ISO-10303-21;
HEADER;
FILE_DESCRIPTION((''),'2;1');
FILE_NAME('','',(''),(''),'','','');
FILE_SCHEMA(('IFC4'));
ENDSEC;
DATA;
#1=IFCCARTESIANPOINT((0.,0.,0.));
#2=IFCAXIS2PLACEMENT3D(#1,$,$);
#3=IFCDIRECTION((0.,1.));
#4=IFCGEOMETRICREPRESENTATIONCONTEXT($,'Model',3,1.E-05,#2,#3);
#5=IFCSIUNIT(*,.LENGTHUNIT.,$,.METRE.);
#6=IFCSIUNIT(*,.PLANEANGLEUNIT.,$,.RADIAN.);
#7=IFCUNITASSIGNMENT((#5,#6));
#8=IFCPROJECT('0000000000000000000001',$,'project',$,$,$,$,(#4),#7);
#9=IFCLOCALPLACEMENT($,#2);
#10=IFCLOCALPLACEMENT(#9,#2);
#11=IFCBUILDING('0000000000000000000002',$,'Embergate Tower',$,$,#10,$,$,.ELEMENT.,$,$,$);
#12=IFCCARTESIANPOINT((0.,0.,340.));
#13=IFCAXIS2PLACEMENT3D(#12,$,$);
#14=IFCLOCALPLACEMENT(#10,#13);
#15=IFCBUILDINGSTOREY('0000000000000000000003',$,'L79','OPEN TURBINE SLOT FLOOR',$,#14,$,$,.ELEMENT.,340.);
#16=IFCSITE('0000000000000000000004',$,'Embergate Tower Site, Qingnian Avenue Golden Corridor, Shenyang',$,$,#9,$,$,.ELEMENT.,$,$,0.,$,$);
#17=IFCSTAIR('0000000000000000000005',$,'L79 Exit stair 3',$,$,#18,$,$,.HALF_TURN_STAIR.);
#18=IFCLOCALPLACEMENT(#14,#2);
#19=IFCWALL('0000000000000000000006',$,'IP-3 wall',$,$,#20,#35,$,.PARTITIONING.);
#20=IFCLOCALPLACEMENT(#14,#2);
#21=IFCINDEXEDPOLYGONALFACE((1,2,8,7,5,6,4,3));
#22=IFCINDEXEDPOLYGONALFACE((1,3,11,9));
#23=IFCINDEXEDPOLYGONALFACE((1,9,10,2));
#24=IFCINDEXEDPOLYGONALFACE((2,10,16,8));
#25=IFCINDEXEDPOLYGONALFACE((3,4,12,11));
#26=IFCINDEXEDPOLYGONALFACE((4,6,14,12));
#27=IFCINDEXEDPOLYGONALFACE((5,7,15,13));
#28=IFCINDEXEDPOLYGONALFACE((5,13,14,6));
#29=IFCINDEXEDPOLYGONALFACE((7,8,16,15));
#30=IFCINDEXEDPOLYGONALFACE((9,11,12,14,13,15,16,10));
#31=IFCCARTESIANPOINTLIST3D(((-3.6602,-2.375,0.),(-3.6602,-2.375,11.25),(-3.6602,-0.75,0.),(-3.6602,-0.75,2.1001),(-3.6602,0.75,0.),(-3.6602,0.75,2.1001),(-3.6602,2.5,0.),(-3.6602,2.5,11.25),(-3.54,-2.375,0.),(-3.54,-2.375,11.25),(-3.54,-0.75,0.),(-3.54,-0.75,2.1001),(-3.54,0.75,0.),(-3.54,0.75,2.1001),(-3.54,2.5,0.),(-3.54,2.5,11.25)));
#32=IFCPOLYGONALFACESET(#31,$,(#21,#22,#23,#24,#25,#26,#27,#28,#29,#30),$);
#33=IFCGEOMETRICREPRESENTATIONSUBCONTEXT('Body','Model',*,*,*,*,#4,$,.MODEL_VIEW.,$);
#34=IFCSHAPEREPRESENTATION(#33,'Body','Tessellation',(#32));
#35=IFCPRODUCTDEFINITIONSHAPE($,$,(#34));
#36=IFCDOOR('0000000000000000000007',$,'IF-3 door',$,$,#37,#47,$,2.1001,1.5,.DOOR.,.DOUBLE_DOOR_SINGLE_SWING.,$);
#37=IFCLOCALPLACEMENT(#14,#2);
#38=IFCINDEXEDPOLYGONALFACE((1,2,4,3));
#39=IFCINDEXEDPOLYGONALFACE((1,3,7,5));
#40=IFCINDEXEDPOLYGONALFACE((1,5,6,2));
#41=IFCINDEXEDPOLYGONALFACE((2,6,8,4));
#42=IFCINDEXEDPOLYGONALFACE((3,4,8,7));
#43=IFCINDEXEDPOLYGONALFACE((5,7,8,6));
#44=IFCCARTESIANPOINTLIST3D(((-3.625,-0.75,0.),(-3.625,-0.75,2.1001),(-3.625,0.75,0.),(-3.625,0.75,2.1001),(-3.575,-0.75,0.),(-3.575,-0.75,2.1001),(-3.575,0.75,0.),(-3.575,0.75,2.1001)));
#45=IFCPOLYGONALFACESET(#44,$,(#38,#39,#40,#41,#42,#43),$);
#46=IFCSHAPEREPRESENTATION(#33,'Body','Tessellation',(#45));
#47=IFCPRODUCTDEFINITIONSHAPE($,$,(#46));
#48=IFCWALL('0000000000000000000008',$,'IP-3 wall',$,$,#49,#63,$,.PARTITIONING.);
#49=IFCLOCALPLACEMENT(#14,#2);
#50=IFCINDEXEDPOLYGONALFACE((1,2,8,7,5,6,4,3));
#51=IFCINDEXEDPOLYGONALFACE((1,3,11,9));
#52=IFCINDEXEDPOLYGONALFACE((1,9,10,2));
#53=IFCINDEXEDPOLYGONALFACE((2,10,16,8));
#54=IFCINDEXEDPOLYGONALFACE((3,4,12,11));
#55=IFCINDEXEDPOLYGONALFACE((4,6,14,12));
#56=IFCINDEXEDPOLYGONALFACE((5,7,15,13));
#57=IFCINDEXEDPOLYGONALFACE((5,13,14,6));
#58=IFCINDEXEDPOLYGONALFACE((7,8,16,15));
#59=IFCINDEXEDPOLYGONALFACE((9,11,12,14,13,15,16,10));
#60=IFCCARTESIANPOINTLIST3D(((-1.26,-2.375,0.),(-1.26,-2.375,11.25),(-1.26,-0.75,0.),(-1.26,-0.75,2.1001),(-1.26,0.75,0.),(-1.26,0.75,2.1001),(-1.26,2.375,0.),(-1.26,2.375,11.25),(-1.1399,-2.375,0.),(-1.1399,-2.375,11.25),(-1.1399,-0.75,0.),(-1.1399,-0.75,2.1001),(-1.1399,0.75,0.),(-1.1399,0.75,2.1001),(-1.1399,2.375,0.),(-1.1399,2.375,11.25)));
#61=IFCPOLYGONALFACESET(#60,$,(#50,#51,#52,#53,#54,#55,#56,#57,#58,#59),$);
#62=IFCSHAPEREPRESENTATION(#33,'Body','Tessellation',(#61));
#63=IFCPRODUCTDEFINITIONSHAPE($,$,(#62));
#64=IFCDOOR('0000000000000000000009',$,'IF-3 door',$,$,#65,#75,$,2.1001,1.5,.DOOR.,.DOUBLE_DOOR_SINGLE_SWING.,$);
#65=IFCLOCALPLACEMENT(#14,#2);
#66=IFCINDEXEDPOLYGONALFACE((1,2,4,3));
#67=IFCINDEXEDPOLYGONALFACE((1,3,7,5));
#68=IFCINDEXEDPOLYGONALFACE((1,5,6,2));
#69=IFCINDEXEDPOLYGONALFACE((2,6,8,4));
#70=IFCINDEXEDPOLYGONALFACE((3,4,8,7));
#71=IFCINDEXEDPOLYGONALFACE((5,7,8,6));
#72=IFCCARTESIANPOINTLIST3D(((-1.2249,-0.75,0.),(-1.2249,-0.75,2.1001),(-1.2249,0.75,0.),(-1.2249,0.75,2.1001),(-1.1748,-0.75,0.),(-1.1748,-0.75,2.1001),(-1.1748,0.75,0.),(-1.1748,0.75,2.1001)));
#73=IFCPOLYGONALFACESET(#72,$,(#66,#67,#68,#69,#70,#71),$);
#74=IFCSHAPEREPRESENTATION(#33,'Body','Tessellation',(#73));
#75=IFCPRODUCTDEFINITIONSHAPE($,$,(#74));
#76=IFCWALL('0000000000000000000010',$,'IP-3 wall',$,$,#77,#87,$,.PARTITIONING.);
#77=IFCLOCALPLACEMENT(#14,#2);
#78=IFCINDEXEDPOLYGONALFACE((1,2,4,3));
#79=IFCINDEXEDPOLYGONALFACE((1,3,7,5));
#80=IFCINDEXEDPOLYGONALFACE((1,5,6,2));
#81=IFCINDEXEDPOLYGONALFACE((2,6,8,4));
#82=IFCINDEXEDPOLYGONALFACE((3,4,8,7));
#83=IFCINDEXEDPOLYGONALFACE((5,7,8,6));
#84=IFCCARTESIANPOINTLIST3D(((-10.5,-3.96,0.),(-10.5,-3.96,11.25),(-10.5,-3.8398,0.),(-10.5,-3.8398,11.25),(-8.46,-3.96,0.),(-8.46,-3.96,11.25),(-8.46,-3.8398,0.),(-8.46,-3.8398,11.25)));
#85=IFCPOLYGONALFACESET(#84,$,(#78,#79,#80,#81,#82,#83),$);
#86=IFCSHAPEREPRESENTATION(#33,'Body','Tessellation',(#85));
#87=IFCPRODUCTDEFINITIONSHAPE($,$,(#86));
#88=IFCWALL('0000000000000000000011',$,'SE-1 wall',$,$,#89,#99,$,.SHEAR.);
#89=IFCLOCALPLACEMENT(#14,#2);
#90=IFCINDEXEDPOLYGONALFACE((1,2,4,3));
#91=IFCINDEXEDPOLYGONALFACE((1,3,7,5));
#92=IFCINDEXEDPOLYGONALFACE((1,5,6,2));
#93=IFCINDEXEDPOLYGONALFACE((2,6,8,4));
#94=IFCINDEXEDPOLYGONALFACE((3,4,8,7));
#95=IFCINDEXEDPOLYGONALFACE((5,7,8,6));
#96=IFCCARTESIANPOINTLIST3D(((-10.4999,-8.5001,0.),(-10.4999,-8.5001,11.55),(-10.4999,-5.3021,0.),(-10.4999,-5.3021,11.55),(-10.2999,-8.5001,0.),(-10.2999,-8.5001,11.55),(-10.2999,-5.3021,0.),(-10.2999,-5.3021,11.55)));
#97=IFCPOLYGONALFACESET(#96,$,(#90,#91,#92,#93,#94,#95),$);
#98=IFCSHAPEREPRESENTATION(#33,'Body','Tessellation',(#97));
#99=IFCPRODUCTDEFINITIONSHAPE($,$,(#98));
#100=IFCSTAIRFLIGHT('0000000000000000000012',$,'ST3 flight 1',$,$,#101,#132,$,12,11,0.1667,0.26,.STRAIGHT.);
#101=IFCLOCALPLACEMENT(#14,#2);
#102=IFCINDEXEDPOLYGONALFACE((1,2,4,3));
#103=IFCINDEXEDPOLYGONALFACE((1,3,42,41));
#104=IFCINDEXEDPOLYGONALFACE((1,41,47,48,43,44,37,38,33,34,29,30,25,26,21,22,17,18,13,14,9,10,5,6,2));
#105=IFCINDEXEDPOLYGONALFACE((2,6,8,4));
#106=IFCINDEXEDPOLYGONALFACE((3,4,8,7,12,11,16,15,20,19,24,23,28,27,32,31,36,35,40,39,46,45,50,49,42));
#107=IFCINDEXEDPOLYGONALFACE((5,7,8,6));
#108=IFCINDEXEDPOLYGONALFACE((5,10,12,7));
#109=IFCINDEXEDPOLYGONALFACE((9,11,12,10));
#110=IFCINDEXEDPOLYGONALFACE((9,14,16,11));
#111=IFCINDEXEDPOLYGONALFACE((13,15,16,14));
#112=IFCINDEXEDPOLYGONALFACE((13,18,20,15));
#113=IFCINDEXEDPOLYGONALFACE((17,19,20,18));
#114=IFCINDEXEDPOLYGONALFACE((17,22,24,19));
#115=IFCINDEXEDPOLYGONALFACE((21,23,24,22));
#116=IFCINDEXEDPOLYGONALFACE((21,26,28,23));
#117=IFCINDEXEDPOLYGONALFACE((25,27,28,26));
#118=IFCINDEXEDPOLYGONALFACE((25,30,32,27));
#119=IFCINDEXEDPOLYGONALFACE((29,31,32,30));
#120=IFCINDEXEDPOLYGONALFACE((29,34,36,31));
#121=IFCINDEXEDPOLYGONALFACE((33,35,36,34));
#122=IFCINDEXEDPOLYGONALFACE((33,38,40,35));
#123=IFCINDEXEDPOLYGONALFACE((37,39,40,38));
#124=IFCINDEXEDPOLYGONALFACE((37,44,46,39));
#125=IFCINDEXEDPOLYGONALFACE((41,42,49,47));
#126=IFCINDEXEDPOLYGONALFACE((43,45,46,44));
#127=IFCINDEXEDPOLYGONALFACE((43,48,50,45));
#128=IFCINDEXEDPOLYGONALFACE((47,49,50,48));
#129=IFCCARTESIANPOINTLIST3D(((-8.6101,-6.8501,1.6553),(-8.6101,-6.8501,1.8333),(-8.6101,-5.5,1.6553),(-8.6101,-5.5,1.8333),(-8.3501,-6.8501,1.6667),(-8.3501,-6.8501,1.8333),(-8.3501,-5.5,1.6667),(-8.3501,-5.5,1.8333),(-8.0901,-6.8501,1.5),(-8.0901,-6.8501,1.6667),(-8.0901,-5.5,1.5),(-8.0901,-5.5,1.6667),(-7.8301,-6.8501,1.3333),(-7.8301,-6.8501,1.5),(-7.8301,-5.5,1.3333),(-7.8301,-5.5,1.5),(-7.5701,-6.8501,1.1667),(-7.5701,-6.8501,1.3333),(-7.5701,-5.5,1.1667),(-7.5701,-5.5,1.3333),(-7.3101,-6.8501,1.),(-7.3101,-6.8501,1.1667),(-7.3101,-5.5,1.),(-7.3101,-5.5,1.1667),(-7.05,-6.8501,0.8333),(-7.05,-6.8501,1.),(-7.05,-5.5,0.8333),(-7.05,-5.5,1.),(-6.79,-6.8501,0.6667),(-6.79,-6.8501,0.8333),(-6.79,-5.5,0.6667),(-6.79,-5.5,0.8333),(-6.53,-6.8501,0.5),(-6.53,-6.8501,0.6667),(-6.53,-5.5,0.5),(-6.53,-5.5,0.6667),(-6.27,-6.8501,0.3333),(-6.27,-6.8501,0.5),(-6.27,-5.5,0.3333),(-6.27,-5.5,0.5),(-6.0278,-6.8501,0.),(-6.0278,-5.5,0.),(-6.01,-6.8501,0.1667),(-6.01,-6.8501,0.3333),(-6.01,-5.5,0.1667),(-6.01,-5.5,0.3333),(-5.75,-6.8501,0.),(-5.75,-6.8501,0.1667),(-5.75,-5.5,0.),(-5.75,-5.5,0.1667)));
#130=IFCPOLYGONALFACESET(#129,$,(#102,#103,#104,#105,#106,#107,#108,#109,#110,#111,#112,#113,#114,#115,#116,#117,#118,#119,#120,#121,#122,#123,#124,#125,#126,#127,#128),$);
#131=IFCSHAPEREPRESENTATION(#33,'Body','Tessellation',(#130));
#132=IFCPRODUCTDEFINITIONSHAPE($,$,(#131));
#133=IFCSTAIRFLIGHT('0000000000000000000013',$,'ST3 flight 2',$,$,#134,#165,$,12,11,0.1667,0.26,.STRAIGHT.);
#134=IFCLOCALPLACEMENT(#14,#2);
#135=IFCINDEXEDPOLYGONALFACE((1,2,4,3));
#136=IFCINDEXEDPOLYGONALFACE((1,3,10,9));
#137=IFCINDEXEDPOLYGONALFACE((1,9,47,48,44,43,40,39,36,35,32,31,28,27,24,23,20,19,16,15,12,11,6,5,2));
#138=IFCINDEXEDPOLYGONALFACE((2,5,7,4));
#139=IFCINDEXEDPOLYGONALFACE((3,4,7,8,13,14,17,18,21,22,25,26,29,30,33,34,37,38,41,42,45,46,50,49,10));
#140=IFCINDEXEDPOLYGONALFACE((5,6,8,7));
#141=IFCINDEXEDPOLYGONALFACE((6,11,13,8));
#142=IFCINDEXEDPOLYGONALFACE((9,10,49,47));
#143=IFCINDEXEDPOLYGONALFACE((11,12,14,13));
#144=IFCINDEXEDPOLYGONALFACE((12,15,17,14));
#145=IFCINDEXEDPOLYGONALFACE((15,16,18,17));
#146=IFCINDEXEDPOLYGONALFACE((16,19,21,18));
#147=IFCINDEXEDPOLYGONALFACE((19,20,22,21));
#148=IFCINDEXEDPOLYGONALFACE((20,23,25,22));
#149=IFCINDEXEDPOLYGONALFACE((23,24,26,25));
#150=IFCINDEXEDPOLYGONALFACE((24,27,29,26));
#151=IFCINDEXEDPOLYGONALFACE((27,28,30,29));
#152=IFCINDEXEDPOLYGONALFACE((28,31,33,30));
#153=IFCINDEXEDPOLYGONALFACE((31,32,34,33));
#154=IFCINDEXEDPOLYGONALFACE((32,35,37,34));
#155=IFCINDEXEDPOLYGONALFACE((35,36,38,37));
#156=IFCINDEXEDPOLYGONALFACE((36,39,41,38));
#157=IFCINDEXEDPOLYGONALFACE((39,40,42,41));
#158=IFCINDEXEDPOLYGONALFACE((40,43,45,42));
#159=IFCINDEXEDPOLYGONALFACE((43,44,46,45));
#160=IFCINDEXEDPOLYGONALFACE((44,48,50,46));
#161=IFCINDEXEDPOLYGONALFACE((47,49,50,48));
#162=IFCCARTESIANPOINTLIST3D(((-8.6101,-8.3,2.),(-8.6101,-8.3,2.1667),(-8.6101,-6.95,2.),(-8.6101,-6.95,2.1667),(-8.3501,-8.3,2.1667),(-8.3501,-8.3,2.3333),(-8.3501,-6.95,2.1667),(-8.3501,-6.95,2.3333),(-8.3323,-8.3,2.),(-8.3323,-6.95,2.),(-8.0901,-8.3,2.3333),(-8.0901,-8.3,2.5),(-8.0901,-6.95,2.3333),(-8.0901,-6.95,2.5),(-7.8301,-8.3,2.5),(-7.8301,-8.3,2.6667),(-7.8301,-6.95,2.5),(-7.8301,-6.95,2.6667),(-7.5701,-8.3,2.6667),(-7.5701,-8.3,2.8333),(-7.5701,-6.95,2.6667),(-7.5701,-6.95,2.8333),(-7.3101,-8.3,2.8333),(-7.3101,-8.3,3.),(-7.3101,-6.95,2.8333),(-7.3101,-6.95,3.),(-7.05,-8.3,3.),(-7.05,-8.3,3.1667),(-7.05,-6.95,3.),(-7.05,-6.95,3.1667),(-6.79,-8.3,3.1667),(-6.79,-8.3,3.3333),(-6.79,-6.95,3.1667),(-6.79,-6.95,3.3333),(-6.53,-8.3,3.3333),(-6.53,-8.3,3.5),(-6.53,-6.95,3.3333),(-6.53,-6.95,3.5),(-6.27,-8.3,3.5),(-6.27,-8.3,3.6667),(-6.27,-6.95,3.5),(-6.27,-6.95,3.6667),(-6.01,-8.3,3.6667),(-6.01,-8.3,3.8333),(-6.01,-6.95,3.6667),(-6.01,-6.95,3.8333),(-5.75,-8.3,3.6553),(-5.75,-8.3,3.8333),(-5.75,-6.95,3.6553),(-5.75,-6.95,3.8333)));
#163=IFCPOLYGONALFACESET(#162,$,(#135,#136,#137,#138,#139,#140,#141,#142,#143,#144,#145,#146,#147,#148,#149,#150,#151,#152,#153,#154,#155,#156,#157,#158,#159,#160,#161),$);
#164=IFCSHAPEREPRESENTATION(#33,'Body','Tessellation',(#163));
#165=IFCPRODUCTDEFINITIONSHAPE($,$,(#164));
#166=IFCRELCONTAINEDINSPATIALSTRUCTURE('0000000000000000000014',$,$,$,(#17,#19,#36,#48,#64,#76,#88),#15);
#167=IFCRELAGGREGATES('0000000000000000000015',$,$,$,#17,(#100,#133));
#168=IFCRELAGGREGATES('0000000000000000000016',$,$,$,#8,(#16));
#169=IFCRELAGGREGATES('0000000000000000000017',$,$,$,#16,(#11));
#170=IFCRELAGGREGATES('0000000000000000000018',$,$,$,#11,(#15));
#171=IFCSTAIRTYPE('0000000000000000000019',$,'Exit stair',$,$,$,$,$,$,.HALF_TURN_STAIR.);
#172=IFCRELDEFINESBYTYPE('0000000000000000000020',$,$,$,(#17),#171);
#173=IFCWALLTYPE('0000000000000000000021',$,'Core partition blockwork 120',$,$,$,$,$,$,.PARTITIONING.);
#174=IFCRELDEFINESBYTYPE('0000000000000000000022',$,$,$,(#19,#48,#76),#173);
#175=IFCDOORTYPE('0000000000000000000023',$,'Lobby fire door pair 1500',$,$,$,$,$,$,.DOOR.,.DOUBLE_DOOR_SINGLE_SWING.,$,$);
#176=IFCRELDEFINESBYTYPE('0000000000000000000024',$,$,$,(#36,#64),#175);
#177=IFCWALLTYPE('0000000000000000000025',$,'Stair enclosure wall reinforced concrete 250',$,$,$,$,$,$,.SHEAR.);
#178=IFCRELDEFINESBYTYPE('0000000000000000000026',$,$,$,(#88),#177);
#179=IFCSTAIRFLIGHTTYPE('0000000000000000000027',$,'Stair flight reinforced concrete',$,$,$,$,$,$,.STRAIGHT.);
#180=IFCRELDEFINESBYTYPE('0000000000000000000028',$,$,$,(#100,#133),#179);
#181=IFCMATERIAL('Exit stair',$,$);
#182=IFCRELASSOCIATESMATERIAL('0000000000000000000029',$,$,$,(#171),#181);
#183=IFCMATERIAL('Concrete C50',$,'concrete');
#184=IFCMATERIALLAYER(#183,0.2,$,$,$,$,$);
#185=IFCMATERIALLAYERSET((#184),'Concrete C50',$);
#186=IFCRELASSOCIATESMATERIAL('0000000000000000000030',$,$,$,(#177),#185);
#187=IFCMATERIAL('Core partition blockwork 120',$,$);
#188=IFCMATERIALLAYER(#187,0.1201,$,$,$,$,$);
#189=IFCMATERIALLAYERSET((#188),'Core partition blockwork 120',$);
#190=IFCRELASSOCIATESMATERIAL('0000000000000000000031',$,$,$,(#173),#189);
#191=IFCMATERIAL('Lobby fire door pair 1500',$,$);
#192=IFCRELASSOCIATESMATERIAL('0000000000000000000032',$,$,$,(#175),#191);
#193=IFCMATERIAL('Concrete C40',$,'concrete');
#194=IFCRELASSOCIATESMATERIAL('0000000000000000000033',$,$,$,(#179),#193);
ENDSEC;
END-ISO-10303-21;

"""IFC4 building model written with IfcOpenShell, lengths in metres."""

from ifc_helpers import new_model, si_unit, direction, frame, frame_2d, origin, place, context, subcontext, project, spatial, polyline, rectangle, outline, extrude, source, transform, mapped, material, layer, layer_set, type_object, element, fill, aggregate, save


model = new_model("IFC4")

# Units and contexts
model_context = context("Model", 3, precision=1e-05, world=origin(), true_north=direction((0.0, 1.0)))
body_context = subcontext(model_context, "Body", "Model", "MODEL_VIEW")
ifc_project = project(units=[si_unit("LENGTHUNIT", "METRE"), si_unit("PLANEANGLEUNIT", "RADIAN")], contexts=[model_context])

# Site, building, storey
site_placement = place(None, origin())
site = spatial("IfcSite", under=ifc_project, at=site_placement, Name="Embergate Tower Site, Qingnian Avenue Golden Corridor, Shenyang", CompositionType="ELEMENT", RefElevation=0.0)
building_placement = place(site_placement, origin())
building = spatial("IfcBuilding", under=site, at=building_placement, Name="Embergate Tower", CompositionType="ELEMENT")
storey_placement = place(building_placement, frame((0.0, 0.0, 340.0)))
storey = spatial("IfcBuildingStorey", under=building, at=storey_placement, Name="L79", Description="OPEN TURBINE SLOT FLOOR", CompositionType="ELEMENT", Elevation=340.0)

# Stair
ifc_material_1 = material(Name="Exit stair")
stair_type = type_object("IfcStairType", Name="Exit stair", PredefinedType="HALF_TURN_STAIR", material=ifc_material_1)
stair_placement = place(storey_placement, origin())
stair = element("IfcStair", 1, at=stair_placement, inside=storey, type_object=stair_type, Name="L79 Exit stair 3", PredefinedType="HALF_TURN_STAIR")
ifc_material_2 = material(Name="Concrete C40", Category="concrete")

# Shared definitions
ifc_material_3 = material(Name="Concrete C50", Category="concrete")
ifc_layer_1 = layer(ifc_material_3, 0.2)
ifc_layer_set_1 = layer_set([ifc_layer_1], Name="Concrete C50")
wall_type_1 = type_object("IfcWallType", Name="Stair enclosure wall reinforced concrete 250", PredefinedType="SHEAR", material=ifc_layer_set_1)

# Shared definitions
ifc_material_4 = material(Name="Core partition blockwork 120")
ifc_layer_2 = layer(ifc_material_4, 0.1201)
ifc_layer_set_2 = layer_set([ifc_layer_2], Name="Core partition blockwork 120")
wall_type_2 = type_object("IfcWallType", Name="Core partition blockwork 120", PredefinedType="PARTITIONING", material=ifc_layer_set_2)

# Walls, openings, doors
shared_shape_1 = source(origin(), body_context, "Body", "SweptSolid", [
    extrude(rectangle(XDim=4.875, YDim=0.1201, at=frame_2d((2.4375, 0.0))), origin(), (0.0, 0.0, 1.0), 11.25),
])
wall_1_placement = place(storey_placement, frame((-3.6001, -2.375, 0.0), z_axis=(0.0, 0.0, 1.0), x_axis=(0.0, 1.0, 0.0)))
wall_1 = element("IfcWall", 2, at=wall_1_placement, inside=storey, type_object=wall_type_2, Name="IP-3 wall", PredefinedType="PARTITIONING", context=body_context, shape_type="MappedRepresentation", body=[
    mapped(shared_shape_1, transform((0.0, 0.0, 0.0))),
])
shared_shape_2 = source(origin(), body_context, "Body", "SweptSolid", [
    extrude(rectangle(XDim=1.5, YDim=2.1001, at=frame_2d((0.75, 1.05))), frame((0.0, 0.0701, 0.0), z_axis=(0.0, -1.0, 0.0), x_axis=(1.0, 0.0, 0.0)), (0.0, 0.0, 1.0), 0.1401),
])
opening_1_placement = place(wall_1_placement, frame((1.625, 0.0, 0.0)))
opening_1 = element("IfcOpeningElement", 3, at=opening_1_placement, cuts=wall_1, PredefinedType="OPENING", context=body_context, shape_type="MappedRepresentation", body=[
    mapped(shared_shape_2, transform((0.0, 0.0, 0.0))),
])
ifc_material_5 = material(Name="Lobby fire door pair 1500")
door_type_1 = type_object("IfcDoorType", Name="Lobby fire door pair 1500", OperationType="DOUBLE_DOOR_SINGLE_SWING", PredefinedType="DOOR", material=ifc_material_5)
shared_shape_3 = source(origin(), body_context, "Body", "SweptSolid", [
    extrude(rectangle(XDim=1.5, YDim=2.1001, at=frame_2d((0.75, 1.05))), frame((0.0, 0.0249, 0.0), z_axis=(0.0, -1.0, 0.0), x_axis=(1.0, 0.0, 0.0)), (0.0, 0.0, 1.0), 0.05),
])
door_1_placement = place(opening_1_placement, origin())
door_1 = element("IfcDoor", 4, at=door_1_placement, inside=storey, type_object=door_type_1, Name="IF-3 door", OperationType="DOUBLE_DOOR_SINGLE_SWING", OverallHeight=2.1001, OverallWidth=1.5, PredefinedType="DOOR", context=body_context, shape_type="MappedRepresentation", body=[
    mapped(shared_shape_3, transform((0.0, 0.0, 0.0))),
])
fill(opening_1, door_1)
shared_shape_4 = source(origin(), body_context, "Body", "SweptSolid", [
    extrude(rectangle(XDim=4.75, YDim=0.1201, at=frame_2d((2.375, 0.0))), origin(), (0.0, 0.0, 1.0), 11.25),
])
wall_2_placement = place(storey_placement, frame((-1.2, -2.375, 0.0), z_axis=(0.0, 0.0, 1.0), x_axis=(0.0, 1.0, 0.0)))
wall_2 = element("IfcWall", 5, at=wall_2_placement, inside=storey, type_object=wall_type_2, Name="IP-3 wall", PredefinedType="PARTITIONING", context=body_context, shape_type="MappedRepresentation", body=[
    mapped(shared_shape_4, transform((0.0, 0.0, 0.0))),
])
opening_2_placement = place(wall_2_placement, frame((1.625, 0.0, 0.0)))
opening_2 = element("IfcOpeningElement", 6, at=opening_2_placement, cuts=wall_2, PredefinedType="OPENING", context=body_context, shape_type="MappedRepresentation", body=[
    mapped(shared_shape_2, transform((0.0, 0.0, 0.0))),
])
door_2_placement = place(opening_2_placement, origin())
door_2 = element("IfcDoor", 7, at=door_2_placement, inside=storey, type_object=door_type_1, Name="IF-3 door", OperationType="DOUBLE_DOOR_SINGLE_SWING", OverallHeight=2.1001, OverallWidth=1.5, PredefinedType="DOOR", context=body_context, shape_type="MappedRepresentation", body=[
    mapped(shared_shape_3, transform((0.0, 0.0, 0.0))),
])
fill(opening_2, door_2)

# Walls
shared_shape_5 = source(origin(), body_context, "Body", "SweptSolid", [
    extrude(rectangle(XDim=2.04, YDim=0.1201, at=frame_2d((1.02, 0.0))), origin(), (0.0, 0.0, 1.0), 11.25),
])
wall_3_placement = place(storey_placement, frame((-8.46, -3.8999, 0.0), z_axis=(0.0, 0.0, 1.0), x_axis=(-1.0, 0.0, 0.0)))
element("IfcWall", 8, at=wall_3_placement, inside=storey, type_object=wall_type_2, Name="IP-3 wall", PredefinedType="PARTITIONING", context=body_context, shape_type="MappedRepresentation", body=[
    mapped(shared_shape_5, transform((0.0, 0.0, 0.0))),
])
shared_shape_6 = source(origin(), body_context, "Body", "SweptSolid", [
    extrude(rectangle(XDim=3.198, YDim=0.2, at=frame_2d((1.5991, 0.0))), origin(), (0.0, 0.0, 1.0), 11.55),
])
wall_4_placement = place(storey_placement, frame((-10.3999, -5.302, 0.0), z_axis=(0.0, 0.0, 1.0), x_axis=(0.0, -1.0, 0.0)))
element("IfcWall", 9, at=wall_4_placement, inside=storey, type_object=wall_type_1, Name="SE-1 wall", PredefinedType="SHEAR", context=body_context, shape_type="MappedRepresentation", body=[
    mapped(shared_shape_6, transform((0.0, 0.0, 0.0))),
])

# Stair flights
stair_flight_type = type_object("IfcStairFlightType", Name="Stair flight reinforced concrete", PredefinedType="STRAIGHT", material=ifc_material_2)
shared_shape_7 = source(origin(), body_context, "Body", "SweptSolid", [
    extrude(outline(polyline([(0.0, 0.0), (0.0, 0.1667), (0.26, 0.1667), (0.26, 0.3333), (0.52, 0.3333), (0.52, 0.5), (0.78, 0.5), (0.78, 0.6667), (1.04, 0.6667), (1.04, 0.8333), (1.3, 0.8333), (1.3, 1.0), (1.5601, 1.0), (1.5601, 1.1667), (1.8201, 1.1667), (1.8201, 1.3333), (2.0801, 1.3333), (2.0801, 1.5), (2.3401, 1.5), (2.3401, 1.6667), (2.6001, 1.6667), (2.6001, 1.8333), (2.8601, 1.8333), (2.8601, 2.0), (2.8601, 1.6553), (0.2778, 0.0), (0.0, 0.0)])), frame((0.0, 0.675, 0.0), z_axis=(0.0, -1.0, 0.0), x_axis=(1.0, 0.0, 0.0)), (0.0, 0.0, 1.0), 1.3501),
])
stair_flight_1_placement = place(storey_placement, frame((-5.75, -6.175, 0.0), z_axis=(0.0, 0.0, 1.0), x_axis=(-1.0, 0.0, 0.0)))
stair_flight_1 = element("IfcStairFlight", 10, at=stair_flight_1_placement, type_object=stair_flight_type, Name="ST3 flight 1", NumberOfRisers=12, NumberOfTreads=11, PredefinedType="STRAIGHT", RiserHeight=0.1667, TreadLength=0.26, context=body_context, shape_type="MappedRepresentation", body=[
    mapped(shared_shape_7, transform((0.0, 0.0, 0.0))),
])
stair_flight_2_placement = place(storey_placement, frame((-8.6101, -7.625, 2.0), z_axis=(0.0, 0.0, 1.0), x_axis=(1.0, 0.0, 0.0)))
stair_flight_2 = element("IfcStairFlight", 11, at=stair_flight_2_placement, type_object=stair_flight_type, Name="ST3 flight 2", NumberOfRisers=12, NumberOfTreads=11, PredefinedType="STRAIGHT", RiserHeight=0.1667, TreadLength=0.26, context=body_context, shape_type="MappedRepresentation", body=[
    mapped(shared_shape_7, transform((0.0, 0.0, 0.0))),
])
aggregate(stair, [stair_flight_1, stair_flight_2])

save(model, "model.ifc")
